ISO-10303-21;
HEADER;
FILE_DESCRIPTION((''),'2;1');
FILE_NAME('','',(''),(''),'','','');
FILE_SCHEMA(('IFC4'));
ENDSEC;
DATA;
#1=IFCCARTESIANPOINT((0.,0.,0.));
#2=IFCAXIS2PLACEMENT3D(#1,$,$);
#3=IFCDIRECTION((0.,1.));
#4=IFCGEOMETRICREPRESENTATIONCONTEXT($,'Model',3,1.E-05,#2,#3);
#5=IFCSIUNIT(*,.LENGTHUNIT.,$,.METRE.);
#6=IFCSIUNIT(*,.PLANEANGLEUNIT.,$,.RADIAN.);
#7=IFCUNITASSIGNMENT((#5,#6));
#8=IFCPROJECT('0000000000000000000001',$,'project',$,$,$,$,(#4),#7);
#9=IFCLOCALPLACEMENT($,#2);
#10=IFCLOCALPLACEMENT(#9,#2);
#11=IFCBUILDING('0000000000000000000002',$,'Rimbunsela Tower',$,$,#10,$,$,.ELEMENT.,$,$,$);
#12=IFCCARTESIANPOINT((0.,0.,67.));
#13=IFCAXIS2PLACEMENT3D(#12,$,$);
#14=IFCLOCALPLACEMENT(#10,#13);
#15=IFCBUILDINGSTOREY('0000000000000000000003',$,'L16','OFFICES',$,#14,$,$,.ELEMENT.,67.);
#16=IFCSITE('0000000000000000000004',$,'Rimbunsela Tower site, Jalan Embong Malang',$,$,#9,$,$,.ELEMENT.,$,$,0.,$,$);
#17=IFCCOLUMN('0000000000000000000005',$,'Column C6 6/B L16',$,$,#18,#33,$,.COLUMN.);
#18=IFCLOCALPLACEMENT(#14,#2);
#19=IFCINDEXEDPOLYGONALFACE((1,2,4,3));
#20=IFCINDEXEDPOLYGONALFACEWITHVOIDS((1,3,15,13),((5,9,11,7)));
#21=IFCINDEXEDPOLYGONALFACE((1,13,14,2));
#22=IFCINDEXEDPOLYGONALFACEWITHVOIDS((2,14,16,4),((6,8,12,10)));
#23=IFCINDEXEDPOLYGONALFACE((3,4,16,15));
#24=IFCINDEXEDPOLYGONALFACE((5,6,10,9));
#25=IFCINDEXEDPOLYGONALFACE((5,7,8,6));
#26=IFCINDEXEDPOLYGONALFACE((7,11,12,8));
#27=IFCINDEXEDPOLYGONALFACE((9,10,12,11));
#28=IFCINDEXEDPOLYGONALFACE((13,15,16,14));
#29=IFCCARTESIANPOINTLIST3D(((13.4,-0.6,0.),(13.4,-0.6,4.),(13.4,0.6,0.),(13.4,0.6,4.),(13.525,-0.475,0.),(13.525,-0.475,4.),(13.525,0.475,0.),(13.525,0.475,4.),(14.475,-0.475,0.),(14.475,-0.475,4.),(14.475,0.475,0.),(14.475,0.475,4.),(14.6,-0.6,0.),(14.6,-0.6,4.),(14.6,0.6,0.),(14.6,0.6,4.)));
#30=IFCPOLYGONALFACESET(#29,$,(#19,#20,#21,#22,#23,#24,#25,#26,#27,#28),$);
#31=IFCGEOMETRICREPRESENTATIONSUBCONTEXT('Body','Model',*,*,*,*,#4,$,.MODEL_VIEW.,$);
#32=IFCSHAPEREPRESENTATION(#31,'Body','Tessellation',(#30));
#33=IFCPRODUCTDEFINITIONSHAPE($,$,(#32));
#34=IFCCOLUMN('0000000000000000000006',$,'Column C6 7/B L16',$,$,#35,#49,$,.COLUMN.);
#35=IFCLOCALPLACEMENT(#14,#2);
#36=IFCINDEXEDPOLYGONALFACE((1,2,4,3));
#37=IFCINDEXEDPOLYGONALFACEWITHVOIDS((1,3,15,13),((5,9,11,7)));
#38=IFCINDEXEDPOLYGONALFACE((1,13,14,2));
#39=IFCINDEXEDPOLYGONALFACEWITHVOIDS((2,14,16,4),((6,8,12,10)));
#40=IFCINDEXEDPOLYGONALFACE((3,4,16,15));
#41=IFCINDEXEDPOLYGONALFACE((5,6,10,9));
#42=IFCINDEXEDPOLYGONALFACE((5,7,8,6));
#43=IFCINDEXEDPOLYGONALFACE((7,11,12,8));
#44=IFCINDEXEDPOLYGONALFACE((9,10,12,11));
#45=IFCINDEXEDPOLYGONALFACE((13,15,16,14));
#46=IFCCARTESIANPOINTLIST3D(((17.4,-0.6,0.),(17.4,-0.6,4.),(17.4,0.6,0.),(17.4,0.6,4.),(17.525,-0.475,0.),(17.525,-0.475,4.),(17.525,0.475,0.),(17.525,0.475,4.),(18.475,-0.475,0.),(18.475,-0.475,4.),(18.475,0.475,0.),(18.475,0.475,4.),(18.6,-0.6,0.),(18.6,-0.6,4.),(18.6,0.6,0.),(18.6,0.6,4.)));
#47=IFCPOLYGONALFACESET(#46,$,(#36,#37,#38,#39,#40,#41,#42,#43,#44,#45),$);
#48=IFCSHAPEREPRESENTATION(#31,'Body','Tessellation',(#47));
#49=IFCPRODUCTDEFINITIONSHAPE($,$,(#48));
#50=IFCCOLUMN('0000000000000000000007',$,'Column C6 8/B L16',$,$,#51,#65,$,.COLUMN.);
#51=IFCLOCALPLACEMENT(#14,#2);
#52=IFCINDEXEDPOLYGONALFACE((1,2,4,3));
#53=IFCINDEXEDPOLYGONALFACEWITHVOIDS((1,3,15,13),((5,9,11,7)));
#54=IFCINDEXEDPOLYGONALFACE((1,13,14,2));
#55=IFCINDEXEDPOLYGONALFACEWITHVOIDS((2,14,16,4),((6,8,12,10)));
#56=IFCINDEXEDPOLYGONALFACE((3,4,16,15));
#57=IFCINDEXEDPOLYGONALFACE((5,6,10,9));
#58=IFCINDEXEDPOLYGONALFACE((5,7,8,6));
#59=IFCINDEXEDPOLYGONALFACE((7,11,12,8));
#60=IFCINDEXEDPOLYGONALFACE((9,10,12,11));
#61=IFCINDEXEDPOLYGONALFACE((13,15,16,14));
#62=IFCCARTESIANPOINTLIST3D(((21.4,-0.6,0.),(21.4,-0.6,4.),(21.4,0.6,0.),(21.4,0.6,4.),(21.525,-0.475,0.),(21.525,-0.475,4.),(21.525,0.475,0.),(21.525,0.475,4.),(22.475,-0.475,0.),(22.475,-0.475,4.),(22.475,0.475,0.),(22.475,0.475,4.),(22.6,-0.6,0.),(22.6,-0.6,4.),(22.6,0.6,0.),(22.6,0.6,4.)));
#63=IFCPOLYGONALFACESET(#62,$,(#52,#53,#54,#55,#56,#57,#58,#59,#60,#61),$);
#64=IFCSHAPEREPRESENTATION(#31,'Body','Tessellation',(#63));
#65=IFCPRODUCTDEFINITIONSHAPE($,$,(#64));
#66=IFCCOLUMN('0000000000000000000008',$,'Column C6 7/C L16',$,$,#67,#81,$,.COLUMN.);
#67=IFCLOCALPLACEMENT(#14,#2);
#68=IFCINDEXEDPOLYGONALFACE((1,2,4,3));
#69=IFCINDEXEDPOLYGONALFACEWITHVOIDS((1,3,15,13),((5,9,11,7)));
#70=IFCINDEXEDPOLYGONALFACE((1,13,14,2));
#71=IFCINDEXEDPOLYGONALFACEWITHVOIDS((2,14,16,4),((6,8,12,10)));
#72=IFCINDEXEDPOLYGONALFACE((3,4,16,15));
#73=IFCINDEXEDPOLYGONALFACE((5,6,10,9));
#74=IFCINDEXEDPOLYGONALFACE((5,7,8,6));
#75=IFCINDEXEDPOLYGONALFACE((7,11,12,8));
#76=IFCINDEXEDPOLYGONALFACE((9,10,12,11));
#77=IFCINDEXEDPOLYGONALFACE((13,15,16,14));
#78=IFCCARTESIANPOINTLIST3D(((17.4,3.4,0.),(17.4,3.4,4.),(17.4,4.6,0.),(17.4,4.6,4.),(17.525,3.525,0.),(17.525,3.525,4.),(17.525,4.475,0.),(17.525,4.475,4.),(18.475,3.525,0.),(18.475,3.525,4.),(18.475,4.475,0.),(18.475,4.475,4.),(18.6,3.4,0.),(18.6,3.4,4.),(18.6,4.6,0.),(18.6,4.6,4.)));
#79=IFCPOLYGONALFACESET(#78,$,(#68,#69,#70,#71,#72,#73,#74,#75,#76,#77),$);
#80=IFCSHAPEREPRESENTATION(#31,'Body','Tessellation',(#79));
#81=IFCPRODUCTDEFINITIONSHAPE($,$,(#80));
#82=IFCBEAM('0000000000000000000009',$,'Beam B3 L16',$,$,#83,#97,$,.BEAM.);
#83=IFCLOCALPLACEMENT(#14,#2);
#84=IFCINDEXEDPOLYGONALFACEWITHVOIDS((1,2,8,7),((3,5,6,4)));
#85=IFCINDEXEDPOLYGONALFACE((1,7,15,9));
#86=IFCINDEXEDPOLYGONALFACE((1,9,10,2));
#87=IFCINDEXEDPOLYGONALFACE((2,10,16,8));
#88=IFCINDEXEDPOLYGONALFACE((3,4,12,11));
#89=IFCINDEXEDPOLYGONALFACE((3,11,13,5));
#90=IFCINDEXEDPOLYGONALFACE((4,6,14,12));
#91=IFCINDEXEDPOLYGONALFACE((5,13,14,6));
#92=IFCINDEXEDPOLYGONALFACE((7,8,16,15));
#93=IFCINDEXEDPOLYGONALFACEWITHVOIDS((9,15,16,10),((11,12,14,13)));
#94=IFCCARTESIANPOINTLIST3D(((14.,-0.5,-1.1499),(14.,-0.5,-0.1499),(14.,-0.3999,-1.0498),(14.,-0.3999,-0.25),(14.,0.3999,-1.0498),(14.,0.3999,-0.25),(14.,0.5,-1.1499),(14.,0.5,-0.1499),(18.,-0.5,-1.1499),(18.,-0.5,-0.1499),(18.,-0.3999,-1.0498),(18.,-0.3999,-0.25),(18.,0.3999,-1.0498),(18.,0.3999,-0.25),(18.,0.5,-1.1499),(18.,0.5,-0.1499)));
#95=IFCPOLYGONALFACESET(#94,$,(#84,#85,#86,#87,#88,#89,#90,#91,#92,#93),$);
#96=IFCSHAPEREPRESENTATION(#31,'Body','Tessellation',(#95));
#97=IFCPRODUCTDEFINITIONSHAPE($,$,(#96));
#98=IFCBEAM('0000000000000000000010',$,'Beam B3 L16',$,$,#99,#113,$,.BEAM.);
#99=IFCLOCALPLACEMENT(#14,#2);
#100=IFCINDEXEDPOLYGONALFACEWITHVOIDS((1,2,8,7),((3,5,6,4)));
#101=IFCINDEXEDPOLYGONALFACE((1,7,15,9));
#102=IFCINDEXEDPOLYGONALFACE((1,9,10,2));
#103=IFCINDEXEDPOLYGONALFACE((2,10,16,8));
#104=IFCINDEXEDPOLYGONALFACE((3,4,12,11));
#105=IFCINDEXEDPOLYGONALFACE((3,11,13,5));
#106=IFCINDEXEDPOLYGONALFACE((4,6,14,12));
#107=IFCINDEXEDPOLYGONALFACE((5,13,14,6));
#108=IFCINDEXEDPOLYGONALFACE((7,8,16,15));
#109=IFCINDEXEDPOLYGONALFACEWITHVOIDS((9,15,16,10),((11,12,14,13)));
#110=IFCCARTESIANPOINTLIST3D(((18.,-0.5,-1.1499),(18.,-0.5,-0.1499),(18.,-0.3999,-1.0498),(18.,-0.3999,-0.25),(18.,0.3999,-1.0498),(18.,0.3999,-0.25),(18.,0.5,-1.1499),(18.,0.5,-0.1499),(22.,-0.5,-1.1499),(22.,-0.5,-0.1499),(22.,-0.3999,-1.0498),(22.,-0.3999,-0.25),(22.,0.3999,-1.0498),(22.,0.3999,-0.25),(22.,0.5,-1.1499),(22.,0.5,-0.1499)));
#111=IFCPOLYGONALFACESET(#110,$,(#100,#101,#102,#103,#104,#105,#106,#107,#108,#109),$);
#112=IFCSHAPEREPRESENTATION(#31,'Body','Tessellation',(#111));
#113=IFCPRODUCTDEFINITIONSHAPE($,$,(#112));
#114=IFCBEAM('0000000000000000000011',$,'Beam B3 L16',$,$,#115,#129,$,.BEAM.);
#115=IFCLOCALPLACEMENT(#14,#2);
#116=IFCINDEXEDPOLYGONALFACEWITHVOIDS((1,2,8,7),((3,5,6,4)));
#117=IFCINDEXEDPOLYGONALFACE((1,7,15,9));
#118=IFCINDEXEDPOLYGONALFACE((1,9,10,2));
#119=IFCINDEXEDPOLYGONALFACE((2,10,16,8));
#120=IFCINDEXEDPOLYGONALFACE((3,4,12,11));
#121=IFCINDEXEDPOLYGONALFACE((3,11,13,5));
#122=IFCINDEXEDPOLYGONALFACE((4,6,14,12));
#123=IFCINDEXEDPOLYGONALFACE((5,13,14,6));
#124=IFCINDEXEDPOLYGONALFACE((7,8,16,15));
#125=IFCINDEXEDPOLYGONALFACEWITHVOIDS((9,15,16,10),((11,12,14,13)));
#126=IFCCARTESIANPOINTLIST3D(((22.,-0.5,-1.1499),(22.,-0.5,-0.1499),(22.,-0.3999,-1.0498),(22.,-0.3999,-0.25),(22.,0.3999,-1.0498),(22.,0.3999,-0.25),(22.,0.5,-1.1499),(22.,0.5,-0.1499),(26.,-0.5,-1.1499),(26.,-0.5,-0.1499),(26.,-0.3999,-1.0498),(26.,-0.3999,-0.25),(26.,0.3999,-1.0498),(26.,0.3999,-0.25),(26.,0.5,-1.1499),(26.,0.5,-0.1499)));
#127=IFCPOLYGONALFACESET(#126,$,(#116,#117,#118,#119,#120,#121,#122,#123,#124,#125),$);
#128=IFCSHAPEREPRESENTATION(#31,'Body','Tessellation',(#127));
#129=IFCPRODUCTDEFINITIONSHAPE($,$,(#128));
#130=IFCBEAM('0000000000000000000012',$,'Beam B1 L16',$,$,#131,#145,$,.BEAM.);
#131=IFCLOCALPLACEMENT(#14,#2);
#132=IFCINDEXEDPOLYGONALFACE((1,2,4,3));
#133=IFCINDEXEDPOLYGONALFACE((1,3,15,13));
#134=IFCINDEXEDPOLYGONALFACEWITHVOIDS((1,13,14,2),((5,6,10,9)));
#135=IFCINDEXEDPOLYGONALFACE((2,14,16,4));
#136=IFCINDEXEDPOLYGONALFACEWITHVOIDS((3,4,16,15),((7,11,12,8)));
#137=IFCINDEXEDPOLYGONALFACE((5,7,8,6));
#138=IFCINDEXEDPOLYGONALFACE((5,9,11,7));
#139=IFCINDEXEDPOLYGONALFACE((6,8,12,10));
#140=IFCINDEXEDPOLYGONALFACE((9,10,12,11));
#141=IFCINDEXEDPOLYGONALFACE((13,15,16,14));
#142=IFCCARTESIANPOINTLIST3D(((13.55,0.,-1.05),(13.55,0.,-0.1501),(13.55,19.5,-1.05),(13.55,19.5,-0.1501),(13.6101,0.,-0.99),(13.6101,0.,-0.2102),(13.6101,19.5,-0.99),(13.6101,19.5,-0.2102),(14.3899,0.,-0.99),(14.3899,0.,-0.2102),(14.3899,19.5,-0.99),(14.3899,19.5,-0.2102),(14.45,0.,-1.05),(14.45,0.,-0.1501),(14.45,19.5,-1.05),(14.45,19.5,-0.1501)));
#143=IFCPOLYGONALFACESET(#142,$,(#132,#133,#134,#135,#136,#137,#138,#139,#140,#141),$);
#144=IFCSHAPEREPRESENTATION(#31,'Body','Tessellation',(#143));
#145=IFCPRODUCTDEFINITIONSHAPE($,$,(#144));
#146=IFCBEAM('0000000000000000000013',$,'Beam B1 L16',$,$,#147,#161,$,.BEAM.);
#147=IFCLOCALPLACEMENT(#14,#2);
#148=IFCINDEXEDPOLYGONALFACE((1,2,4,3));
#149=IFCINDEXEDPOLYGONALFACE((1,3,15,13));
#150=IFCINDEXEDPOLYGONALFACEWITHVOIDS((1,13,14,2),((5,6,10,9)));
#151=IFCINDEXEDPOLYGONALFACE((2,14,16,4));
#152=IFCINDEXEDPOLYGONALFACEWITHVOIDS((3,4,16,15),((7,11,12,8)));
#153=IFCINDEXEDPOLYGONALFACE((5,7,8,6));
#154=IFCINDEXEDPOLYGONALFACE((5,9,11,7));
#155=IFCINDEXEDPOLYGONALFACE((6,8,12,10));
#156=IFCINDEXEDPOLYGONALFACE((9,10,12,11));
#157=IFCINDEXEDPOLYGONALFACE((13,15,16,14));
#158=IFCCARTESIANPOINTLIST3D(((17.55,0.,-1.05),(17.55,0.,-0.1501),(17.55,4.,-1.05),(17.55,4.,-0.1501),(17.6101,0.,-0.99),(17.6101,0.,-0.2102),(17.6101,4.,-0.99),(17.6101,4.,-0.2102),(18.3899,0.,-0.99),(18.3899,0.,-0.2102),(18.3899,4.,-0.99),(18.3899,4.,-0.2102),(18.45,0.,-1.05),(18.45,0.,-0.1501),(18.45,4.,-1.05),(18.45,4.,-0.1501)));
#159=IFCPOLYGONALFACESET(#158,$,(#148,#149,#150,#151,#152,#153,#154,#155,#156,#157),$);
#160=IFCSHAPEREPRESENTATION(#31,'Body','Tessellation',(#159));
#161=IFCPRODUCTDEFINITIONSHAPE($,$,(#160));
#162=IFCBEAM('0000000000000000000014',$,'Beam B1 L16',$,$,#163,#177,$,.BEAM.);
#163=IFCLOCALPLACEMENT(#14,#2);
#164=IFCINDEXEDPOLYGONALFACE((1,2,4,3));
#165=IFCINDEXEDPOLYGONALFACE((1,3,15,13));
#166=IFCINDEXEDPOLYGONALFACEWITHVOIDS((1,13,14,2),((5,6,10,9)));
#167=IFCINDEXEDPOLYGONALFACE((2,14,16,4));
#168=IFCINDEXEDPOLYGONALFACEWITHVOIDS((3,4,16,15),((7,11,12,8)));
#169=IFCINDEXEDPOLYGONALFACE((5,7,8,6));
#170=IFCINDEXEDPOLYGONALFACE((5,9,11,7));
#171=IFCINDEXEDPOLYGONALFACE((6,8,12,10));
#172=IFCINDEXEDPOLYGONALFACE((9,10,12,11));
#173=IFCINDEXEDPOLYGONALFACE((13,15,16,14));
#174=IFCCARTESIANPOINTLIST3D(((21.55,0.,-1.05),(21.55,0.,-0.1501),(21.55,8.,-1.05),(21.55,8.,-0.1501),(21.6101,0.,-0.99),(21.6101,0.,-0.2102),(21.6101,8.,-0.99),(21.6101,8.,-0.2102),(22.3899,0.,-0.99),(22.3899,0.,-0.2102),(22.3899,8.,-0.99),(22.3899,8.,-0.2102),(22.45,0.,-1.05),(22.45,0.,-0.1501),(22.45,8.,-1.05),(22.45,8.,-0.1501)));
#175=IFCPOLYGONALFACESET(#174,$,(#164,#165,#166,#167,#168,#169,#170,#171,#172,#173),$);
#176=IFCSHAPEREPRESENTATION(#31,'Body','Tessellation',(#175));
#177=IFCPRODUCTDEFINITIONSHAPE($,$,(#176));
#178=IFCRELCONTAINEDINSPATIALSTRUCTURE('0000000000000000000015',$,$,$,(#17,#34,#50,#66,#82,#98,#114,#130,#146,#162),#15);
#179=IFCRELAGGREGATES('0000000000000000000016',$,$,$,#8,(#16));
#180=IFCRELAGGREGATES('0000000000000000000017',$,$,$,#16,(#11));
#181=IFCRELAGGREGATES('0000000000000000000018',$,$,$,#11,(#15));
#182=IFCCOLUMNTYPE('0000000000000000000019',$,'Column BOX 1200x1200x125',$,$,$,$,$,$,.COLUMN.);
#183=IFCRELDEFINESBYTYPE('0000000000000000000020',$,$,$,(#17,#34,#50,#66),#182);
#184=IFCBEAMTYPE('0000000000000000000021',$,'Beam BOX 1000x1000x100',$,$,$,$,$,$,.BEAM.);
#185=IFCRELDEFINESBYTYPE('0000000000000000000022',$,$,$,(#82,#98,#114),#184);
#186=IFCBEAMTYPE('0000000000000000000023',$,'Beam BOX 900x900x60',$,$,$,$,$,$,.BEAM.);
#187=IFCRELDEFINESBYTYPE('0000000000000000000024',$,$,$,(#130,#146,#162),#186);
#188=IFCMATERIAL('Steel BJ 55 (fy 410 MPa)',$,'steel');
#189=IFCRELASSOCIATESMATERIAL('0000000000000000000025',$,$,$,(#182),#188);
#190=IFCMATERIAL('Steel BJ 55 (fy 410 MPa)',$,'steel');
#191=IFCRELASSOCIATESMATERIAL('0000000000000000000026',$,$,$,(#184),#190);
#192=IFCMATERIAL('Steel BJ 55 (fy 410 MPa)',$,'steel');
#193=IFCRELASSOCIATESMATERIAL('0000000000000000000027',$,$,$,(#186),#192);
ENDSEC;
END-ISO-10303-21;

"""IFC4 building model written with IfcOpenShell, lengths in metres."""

from ifc_helpers import new_model, si_unit, direction, frame, origin, origin_2d, place, context, subcontext, project, spatial, hollow_rectangle, extrude, material, material_profile, profile_set, type_object, element, save


model = new_model("IFC4")

# Units and contexts
model_context = context("Model", 3, precision=1e-05, world=origin(), true_north=direction((0.0, 1.0)))
body_context = subcontext(model_context, "Body", "Model", "MODEL_VIEW")
ifc_project = project(units=[si_unit("LENGTHUNIT", "METRE"), si_unit("PLANEANGLEUNIT", "RADIAN")], contexts=[model_context])

# Site, building, storey
site_placement = place(None, origin())
site = spatial("IfcSite", under=ifc_project, at=site_placement, Name="Rimbunsela Tower site, Jalan Embong Malang", CompositionType="ELEMENT", RefElevation=0.0)
building_placement = place(site_placement, origin())
building = spatial("IfcBuilding", under=site, at=building_placement, Name="Rimbunsela Tower", CompositionType="ELEMENT")
storey_placement = place(building_placement, frame((0.0, 0.0, 67.0)))
storey = spatial("IfcBuildingStorey", under=building, at=storey_placement, Name="L16", Description="OFFICES", CompositionType="ELEMENT", Elevation=67.0)

# Columns
ifc_material_1 = material(Name="Steel BJ 55 (fy 410 MPa)", Category="steel")
ifc_material_profile_1 = material_profile(ifc_material_1, hollow_rectangle(XDim=1.2, YDim=1.2, WallThickness=0.125, at=origin_2d()), Name="BOX 1200x1200x125")
ifc_profile_set_1 = profile_set([ifc_material_profile_1], Name="Steel BJ 55 (fy 410 MPa)")
column_type = type_object("IfcColumnType", Name="Column BOX 1200x1200x125", PredefinedType="COLUMN", material=ifc_profile_set_1)
for number, where, z_axis, x_axis, name in (
    (1, (14.0, 0.0, 0.0), (0.0, 0.0, 1.0), (1.0, 0.0, 0.0), "Column C6 6/B L16"),
    (2, (18.0, 0.0, 0.0), (0.0, 0.0, 1.0), (1.0, 0.0, 0.0), "Column C6 7/B L16"),
    (3, (22.0, 0.0, 0.0), (0.0, 0.0, 1.0), (1.0, 0.0, 0.0), "Column C6 8/B L16"),
    (4, (18.0, 4.0, 0.0), (0.0, 0.0, 1.0), (1.0, 0.0, 0.0), "Column C6 7/C L16"),
):
    element("IfcColumn", number, at=place(storey_placement, frame(where, z_axis=z_axis, x_axis=x_axis)), inside=storey, type_object=column_type, Name=name, PredefinedType="COLUMN", context=body_context, shape_type="SweptSolid", body=[
        extrude(hollow_rectangle(XDim=1.2, YDim=1.2, WallThickness=0.125, at=origin_2d()), origin(), (0.0, 0.0, 1.0), 4.0),
    ])

# Beams
ifc_material_2 = material(Name="Steel BJ 55 (fy 410 MPa)", Category="steel")
ifc_material_profile_2 = material_profile(ifc_material_2, hollow_rectangle(XDim=1.0, YDim=1.0, WallThickness=0.1001, at=origin_2d()), Name="BOX 1000x1000x100")
ifc_profile_set_2 = profile_set([ifc_material_profile_2], Name="Steel BJ 55 (fy 410 MPa)")
beam_type_1 = type_object("IfcBeamType", Name="Beam BOX 1000x1000x100", PredefinedType="BEAM", material=ifc_profile_set_2)
for number, where, z_axis, x_axis, name in (
    (5, (14.0, 0.0, -0.6499), (1.0, 0.0, 0.0), (0.0, 1.0, 0.0), "Beam B3 L16"),
    (6, (18.0, 0.0, -0.6499), (1.0, 0.0, 0.0), (0.0, 1.0, 0.0), "Beam B3 L16"),
    (7, (22.0, 0.0, -0.6499), (1.0, 0.0, 0.0), (0.0, 1.0, 0.0), "Beam B3 L16"),
):
    element("IfcBeam", number, at=place(storey_placement, frame(where, z_axis=z_axis, x_axis=x_axis)), inside=storey, type_object=beam_type_1, Name=name, PredefinedType="BEAM", context=body_context, shape_type="SweptSolid", body=[
        extrude(hollow_rectangle(XDim=1.0, YDim=1.0, WallThickness=0.1001, at=origin_2d()), origin(), (0.0, 0.0, 1.0), 4.0),
    ])
ifc_material_3 = material(Name="Steel BJ 55 (fy 410 MPa)", Category="steel")
ifc_material_profile_3 = material_profile(ifc_material_3, hollow_rectangle(XDim=0.8999, YDim=0.8999, WallThickness=0.0601, at=origin_2d()), Name="BOX 900x900x60")
ifc_profile_set_3 = profile_set([ifc_material_profile_3], Name="Steel BJ 55 (fy 410 MPa)")
beam_type_2 = type_object("IfcBeamType", Name="Beam BOX 900x900x60", PredefinedType="BEAM", material=ifc_profile_set_3)
beam_1_placement = place(storey_placement, frame((14.0, 0.0, -0.6001), z_axis=(0.0, 1.0, 0.0), x_axis=(-1.0, 0.0, 0.0)))
element("IfcBeam", 8, at=beam_1_placement, inside=storey, type_object=beam_type_2, Name="Beam B1 L16", PredefinedType="BEAM", context=body_context, shape_type="SweptSolid", body=[
    extrude(hollow_rectangle(XDim=0.8999, YDim=0.8999, WallThickness=0.0601, at=origin_2d()), origin(), (0.0, 0.0, 1.0), 19.5),
])
beam_2_placement = place(storey_placement, frame((18.0, 0.0, -0.6001), z_axis=(0.0, 1.0, 0.0), x_axis=(-1.0, 0.0, 0.0)))
element("IfcBeam", 9, at=beam_2_placement, inside=storey, type_object=beam_type_2, Name="Beam B1 L16", PredefinedType="BEAM", context=body_context, shape_type="SweptSolid", body=[
    extrude(hollow_rectangle(XDim=0.8999, YDim=0.8999, WallThickness=0.0601, at=origin_2d()), origin(), (0.0, 0.0, 1.0), 4.0),
])
beam_3_placement = place(storey_placement, frame((22.0, 0.0, -0.6001), z_axis=(0.0, 1.0, 0.0), x_axis=(-1.0, 0.0, 0.0)))
element("IfcBeam", 10, at=beam_3_placement, inside=storey, type_object=beam_type_2, Name="Beam B1 L16", PredefinedType="BEAM", context=body_context, shape_type="SweptSolid", body=[
    extrude(hollow_rectangle(XDim=0.8999, YDim=0.8999, WallThickness=0.0601, at=origin_2d()), origin(), (0.0, 0.0, 1.0), 8.0),
])

save(model, "model.ifc")
